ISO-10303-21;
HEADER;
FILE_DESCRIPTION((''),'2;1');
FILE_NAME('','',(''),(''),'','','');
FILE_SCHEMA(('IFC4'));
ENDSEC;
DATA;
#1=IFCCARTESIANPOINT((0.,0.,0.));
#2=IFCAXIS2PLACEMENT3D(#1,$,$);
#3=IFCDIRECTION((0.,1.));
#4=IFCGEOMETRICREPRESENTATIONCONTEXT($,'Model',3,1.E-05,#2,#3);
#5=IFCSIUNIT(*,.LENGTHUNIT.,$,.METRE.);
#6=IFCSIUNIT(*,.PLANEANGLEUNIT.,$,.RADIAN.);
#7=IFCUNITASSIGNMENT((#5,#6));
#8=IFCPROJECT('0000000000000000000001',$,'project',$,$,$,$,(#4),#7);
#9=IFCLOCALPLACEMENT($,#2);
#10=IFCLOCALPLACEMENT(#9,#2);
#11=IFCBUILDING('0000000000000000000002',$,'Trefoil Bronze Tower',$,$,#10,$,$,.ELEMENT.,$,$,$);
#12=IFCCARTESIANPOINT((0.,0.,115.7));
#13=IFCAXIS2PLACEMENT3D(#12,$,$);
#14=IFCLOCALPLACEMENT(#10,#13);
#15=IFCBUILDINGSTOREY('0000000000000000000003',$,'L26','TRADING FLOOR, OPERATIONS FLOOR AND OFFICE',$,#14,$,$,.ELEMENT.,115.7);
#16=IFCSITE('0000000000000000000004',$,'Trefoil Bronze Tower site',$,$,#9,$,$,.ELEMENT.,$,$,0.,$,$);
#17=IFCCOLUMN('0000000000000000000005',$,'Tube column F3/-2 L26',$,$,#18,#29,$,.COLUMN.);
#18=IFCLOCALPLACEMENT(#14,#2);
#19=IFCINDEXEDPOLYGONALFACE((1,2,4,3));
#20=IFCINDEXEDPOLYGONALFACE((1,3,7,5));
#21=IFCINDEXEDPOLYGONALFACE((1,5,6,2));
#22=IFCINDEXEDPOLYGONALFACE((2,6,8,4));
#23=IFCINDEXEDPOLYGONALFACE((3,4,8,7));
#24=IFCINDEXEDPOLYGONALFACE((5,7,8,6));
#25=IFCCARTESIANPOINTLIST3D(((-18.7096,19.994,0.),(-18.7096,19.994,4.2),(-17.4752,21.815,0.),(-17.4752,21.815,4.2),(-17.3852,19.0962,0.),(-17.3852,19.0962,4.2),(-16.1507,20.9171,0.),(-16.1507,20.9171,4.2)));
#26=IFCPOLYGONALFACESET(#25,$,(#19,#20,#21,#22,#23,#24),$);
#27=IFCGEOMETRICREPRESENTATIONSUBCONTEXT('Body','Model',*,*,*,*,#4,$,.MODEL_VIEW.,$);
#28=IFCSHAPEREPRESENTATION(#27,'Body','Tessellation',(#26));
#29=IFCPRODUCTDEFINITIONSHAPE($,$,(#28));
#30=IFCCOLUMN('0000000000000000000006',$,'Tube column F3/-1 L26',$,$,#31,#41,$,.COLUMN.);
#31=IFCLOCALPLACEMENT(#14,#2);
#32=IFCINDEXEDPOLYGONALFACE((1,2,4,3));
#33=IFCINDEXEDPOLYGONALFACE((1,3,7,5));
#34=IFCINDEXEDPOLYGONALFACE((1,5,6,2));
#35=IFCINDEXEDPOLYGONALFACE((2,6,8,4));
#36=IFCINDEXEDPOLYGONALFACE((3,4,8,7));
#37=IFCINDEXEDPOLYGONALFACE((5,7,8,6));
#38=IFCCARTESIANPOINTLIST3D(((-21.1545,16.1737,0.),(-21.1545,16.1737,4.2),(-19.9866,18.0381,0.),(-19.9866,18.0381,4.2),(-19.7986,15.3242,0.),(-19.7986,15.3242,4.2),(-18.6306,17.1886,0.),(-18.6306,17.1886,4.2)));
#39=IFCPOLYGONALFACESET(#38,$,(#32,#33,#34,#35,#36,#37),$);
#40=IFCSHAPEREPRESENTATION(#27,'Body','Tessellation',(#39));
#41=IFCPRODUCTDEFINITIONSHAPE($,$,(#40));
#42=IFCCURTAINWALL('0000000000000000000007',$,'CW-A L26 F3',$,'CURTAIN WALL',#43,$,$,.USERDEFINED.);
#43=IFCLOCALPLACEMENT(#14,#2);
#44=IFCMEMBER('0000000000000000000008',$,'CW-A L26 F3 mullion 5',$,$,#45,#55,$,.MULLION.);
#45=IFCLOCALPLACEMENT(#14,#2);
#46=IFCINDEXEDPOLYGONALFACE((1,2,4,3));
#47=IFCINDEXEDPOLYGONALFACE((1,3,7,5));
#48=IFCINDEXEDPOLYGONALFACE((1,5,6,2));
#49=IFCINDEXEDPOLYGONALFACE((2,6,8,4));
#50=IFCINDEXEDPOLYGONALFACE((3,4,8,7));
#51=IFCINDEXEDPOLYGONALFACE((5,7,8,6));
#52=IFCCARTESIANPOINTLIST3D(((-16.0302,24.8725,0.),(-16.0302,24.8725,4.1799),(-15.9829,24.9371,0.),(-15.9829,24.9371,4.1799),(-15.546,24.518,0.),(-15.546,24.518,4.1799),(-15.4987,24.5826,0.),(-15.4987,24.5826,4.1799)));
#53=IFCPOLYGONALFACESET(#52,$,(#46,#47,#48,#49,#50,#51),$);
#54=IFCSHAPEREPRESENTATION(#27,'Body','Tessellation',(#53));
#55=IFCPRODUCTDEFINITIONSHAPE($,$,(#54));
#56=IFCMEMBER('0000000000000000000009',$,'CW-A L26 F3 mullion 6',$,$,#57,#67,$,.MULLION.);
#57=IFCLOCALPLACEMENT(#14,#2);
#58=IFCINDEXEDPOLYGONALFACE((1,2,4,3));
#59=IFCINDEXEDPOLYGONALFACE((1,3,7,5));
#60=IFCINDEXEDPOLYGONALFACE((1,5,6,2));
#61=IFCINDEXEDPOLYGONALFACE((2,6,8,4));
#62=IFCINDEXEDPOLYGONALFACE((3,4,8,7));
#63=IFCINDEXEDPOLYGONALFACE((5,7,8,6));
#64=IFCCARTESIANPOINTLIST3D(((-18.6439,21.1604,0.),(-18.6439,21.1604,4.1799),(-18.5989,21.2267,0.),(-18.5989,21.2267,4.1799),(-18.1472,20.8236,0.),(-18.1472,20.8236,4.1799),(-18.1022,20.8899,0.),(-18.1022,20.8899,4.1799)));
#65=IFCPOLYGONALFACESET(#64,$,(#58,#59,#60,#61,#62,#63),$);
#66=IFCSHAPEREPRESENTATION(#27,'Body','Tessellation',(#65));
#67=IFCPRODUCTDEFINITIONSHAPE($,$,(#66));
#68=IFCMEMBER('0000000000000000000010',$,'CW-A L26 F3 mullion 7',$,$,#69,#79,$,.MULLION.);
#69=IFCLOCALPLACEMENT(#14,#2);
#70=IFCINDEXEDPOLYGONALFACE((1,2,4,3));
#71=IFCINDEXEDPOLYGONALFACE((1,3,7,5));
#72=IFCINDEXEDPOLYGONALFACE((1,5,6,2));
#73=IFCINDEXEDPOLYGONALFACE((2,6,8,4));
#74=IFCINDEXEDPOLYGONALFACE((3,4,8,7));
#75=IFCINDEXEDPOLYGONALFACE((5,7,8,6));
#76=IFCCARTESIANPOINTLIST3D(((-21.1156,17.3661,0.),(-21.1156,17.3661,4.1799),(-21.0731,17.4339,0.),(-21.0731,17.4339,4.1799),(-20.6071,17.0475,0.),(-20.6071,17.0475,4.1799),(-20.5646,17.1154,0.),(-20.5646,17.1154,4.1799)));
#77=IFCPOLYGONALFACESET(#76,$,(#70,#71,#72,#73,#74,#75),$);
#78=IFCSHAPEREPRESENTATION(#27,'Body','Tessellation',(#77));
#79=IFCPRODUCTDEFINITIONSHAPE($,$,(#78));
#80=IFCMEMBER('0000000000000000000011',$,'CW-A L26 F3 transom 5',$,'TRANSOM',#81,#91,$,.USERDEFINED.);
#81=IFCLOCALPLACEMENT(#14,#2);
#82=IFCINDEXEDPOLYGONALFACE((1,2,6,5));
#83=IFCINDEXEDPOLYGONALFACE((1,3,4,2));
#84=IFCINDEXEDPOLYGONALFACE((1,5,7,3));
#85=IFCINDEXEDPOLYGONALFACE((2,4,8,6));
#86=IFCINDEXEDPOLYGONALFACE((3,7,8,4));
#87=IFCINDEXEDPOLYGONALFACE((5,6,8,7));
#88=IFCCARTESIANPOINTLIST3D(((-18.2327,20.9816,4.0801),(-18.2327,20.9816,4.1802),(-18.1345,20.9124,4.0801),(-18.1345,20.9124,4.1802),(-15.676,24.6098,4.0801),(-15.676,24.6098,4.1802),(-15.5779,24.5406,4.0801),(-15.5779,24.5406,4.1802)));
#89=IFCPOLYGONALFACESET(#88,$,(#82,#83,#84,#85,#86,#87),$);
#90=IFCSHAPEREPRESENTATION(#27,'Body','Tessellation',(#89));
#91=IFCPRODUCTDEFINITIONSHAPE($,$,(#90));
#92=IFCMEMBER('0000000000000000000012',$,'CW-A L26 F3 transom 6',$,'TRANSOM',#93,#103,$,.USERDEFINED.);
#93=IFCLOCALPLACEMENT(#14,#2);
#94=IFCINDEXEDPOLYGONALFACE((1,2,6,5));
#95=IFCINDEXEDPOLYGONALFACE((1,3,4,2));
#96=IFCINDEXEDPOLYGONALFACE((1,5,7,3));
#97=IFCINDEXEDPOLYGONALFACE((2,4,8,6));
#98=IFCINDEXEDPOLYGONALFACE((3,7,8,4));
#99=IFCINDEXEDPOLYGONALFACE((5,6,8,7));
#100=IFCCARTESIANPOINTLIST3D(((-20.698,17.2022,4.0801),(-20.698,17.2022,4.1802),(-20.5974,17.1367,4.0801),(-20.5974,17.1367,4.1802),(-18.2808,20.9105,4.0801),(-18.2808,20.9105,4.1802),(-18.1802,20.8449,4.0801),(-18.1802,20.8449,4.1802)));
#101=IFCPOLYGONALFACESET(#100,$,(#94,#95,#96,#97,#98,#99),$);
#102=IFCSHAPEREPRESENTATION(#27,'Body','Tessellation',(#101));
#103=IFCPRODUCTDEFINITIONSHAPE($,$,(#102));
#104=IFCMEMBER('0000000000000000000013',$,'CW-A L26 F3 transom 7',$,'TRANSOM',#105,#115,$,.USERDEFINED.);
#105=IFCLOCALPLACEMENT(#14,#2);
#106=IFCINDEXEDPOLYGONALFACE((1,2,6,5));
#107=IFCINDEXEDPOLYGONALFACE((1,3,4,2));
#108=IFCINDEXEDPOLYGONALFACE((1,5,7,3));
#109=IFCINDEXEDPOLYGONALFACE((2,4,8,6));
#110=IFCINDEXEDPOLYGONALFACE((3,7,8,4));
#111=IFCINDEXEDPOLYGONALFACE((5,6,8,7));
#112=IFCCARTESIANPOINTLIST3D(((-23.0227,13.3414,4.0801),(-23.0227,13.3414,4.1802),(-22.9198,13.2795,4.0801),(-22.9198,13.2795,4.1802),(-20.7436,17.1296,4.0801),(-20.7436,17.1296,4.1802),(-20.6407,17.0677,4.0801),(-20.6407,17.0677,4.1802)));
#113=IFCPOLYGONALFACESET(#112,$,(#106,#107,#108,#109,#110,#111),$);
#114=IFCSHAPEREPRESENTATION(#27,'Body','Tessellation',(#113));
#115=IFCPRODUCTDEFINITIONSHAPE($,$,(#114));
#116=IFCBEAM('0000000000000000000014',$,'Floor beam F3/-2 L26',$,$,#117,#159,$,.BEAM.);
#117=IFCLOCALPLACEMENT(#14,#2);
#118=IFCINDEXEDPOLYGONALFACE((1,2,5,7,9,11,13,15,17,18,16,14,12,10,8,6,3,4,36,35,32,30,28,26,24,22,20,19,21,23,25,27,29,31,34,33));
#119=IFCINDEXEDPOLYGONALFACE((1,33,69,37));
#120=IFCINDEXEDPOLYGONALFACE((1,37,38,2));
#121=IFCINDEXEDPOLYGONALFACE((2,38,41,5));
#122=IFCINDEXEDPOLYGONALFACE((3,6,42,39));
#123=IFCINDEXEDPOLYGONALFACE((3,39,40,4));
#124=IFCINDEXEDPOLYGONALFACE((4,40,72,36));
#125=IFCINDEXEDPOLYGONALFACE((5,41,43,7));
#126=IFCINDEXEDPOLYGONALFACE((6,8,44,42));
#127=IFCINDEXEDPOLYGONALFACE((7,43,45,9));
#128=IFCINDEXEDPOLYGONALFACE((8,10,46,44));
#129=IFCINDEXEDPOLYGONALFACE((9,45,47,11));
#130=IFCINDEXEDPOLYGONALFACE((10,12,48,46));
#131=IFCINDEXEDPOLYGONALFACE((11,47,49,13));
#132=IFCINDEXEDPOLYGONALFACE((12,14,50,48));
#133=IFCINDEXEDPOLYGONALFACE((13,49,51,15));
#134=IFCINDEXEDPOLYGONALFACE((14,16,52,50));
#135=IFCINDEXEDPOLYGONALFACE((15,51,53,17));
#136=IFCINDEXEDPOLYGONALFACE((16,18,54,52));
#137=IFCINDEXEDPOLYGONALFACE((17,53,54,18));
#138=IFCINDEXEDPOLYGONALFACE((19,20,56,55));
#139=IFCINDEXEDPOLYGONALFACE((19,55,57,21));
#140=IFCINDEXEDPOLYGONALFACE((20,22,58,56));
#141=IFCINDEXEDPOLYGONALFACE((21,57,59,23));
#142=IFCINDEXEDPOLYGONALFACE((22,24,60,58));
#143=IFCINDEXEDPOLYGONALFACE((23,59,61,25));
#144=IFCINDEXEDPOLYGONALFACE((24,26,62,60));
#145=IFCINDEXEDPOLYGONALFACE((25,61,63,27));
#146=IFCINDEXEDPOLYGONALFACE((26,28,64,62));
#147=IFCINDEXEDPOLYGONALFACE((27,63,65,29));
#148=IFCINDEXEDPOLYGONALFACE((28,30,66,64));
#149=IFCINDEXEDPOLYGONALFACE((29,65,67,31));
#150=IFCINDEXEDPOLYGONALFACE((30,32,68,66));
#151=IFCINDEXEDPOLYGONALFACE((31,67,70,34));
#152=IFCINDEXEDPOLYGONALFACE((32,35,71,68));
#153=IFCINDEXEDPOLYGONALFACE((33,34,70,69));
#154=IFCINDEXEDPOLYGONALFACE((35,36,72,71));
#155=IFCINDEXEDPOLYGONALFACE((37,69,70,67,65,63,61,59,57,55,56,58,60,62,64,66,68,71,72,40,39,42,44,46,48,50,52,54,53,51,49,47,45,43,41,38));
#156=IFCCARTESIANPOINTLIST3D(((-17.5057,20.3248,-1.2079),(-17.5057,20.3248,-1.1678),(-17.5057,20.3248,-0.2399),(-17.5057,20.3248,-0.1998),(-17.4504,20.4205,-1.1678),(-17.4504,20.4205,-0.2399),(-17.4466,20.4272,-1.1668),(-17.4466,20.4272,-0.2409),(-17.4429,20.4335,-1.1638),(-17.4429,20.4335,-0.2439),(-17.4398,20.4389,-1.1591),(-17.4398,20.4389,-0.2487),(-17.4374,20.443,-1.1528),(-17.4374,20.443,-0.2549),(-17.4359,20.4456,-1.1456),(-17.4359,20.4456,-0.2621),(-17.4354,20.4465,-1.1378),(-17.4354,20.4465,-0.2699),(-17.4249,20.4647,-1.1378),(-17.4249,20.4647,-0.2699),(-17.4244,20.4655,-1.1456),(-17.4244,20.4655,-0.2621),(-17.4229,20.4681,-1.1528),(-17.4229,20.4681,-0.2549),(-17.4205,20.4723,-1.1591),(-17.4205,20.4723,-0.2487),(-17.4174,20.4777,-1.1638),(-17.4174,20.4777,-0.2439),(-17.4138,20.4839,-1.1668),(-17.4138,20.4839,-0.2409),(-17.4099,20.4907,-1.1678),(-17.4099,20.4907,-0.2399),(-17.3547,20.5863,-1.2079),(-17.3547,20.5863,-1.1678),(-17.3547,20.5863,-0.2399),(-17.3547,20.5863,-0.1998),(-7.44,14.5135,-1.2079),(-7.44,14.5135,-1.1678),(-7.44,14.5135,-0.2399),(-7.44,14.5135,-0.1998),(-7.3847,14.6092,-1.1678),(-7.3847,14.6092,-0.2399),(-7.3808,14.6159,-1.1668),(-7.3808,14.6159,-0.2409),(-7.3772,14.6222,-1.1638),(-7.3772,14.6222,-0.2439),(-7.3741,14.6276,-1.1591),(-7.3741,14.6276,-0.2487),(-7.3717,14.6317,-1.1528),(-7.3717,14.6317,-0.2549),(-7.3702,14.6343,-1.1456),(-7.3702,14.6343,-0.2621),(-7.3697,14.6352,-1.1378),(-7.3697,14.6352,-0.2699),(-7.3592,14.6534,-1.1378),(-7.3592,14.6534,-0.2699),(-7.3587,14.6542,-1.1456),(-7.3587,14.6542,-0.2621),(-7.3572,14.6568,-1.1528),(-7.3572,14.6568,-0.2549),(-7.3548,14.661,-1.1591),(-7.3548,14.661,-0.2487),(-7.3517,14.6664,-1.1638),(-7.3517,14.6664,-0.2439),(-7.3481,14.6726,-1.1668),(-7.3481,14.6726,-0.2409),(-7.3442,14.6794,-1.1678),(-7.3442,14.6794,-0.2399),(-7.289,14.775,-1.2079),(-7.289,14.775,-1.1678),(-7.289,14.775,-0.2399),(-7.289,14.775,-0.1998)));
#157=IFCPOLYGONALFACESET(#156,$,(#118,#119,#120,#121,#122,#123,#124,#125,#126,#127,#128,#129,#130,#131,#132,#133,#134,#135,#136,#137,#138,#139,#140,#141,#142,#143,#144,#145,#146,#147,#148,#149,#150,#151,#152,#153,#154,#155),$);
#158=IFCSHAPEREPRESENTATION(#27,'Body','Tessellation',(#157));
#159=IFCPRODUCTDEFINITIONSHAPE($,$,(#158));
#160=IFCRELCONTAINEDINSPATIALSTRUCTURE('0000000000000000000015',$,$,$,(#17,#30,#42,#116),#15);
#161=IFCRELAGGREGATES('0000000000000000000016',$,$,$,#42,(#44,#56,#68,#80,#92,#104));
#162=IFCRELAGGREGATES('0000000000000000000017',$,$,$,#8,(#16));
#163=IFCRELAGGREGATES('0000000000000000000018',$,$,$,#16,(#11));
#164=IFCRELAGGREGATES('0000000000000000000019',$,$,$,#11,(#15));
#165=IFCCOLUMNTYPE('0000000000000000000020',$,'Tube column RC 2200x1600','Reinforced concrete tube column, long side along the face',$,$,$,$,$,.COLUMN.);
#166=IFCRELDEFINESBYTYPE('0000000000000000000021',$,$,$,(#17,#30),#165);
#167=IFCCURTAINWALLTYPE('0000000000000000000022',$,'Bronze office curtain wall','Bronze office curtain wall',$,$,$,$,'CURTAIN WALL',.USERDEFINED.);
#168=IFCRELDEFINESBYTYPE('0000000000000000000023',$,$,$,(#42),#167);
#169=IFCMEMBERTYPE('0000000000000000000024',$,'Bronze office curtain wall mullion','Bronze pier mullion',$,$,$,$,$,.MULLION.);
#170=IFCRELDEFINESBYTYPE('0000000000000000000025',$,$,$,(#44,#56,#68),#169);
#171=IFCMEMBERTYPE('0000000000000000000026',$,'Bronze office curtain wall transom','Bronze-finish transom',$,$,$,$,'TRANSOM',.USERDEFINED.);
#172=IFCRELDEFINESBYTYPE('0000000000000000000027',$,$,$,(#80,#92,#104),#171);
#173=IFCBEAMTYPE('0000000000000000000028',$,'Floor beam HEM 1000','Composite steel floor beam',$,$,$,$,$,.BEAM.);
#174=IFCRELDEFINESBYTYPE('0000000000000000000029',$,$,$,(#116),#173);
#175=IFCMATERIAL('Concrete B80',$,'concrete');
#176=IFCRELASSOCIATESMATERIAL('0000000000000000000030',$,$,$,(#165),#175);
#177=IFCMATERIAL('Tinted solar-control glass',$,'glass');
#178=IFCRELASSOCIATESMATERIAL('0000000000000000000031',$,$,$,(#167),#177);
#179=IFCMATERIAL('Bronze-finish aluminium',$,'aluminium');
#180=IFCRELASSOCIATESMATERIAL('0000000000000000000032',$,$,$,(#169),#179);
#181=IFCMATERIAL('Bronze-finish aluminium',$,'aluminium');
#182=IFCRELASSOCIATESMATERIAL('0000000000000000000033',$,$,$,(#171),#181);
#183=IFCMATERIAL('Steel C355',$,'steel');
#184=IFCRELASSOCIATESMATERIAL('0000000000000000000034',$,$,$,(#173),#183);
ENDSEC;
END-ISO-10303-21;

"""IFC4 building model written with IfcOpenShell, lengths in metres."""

from ifc_helpers import new_model, si_unit, direction, frame, origin, origin_2d, place, context, subcontext, project, spatial, rectangle, i_section, extrude, material, material_profile, profile_set, type_object, element, aggregate, save


model = new_model("IFC4")

# Units and contexts
model_context = context("Model", 3, precision=1e-05, world=origin(), true_north=direction((0.0, 1.0)))
body_context = subcontext(model_context, "Body", "Model", "MODEL_VIEW")
ifc_project = project(units=[si_unit("LENGTHUNIT", "METRE"), si_unit("PLANEANGLEUNIT", "RADIAN")], contexts=[model_context])

# Site, building, storey
site_placement = place(None, origin())
site = spatial("IfcSite", under=ifc_project, at=site_placement, Name="Trefoil Bronze Tower site", CompositionType="ELEMENT", RefElevation=0.0)
building_placement = place(site_placement, origin())
building = spatial("IfcBuilding", under=site, at=building_placement, Name="Trefoil Bronze Tower", CompositionType="ELEMENT")
storey_placement = place(building_placement, frame((0.0, 0.0, 115.7)))
storey = spatial("IfcBuildingStorey", under=building, at=storey_placement, Name="L26", Description="TRADING FLOOR, OPERATIONS FLOOR AND OFFICE", CompositionType="ELEMENT", Elevation=115.7)

# Columns
ifc_material_1 = material(Name="Concrete B80", Category="concrete")
ifc_material_profile_1 = material_profile(ifc_material_1, rectangle(XDim=2.2, YDim=1.6001, at=origin_2d()), Name="RC 2200x1600")
ifc_profile_set_1 = profile_set([ifc_material_profile_1], Name="Concrete B80")
column_type = type_object("IfcColumnType", Name="Tube column RC 2200x1600", Description="Reinforced concrete tube column, long side along the face", PredefinedType="COLUMN", material=ifc_profile_set_1)
for number, where, z_axis, x_axis, name in (
    (1, (-17.4302, 20.4556, 0.0), (0.0, 0.0, 1.0), (-0.561136, -0.827724, 0.0), "Tube column F3/-2 L26"),
    (2, (-19.8926, 16.6812, 0.0), (0.0, 0.0, 1.0), (-0.530893, -0.847439, 0.0), "Tube column F3/-1 L26"),
):
    element("IfcColumn", number, at=place(storey_placement, frame(where, z_axis=z_axis, x_axis=x_axis)), inside=storey, type_object=column_type, Name=name, PredefinedType="COLUMN", context=body_context, shape_type="SweptSolid", body=[
        extrude(rectangle(XDim=2.2, YDim=1.6001, at=origin_2d()), origin(), (0.0, 0.0, 1.0), 4.2),
    ])

# Curtain wall, members
ifc_material_2 = material(Name="Tinted solar-control glass", Category="glass")
curtain_wall_type = type_object("IfcCurtainWallType", Name="Bronze office curtain wall", Description="Bronze office curtain wall", ElementType="CURTAIN WALL", PredefinedType="USERDEFINED", material=ifc_material_2)
curtain_wall_placement = place(storey_placement, origin())
curtain_wall = element("IfcCurtainWall", 3, at=curtain_wall_placement, inside=storey, type_object=curtain_wall_type, Name="CW-A L26 F3", ObjectType="CURTAIN WALL", PredefinedType="USERDEFINED")
ifc_material_3 = material(Name="Bronze-finish aluminium", Category="aluminium")
ifc_material_profile_2 = material_profile(ifc_material_3, rectangle(XDim=0.6001, YDim=0.0801, at=origin_2d()), Name="CW-A mullion")
ifc_profile_set_2 = profile_set([ifc_material_profile_2], Name="Bronze-finish aluminium")
member_type_1 = type_object("IfcMemberType", Name="Bronze office curtain wall mullion", Description="Bronze pier mullion", PredefinedType="MULLION", material=ifc_profile_set_2)
member_1_placement = place(storey_placement, frame((-15.7644, 24.7275, 0.0), z_axis=(0.0, 0.0, 1.0), x_axis=(0.806875, -0.590723, 0.0)))
member_1 = element("IfcMember", 4, at=member_1_placement, type_object=member_type_1, Name="CW-A L26 F3 mullion 5", PredefinedType="MULLION", context=body_context, shape_type="SweptSolid", body=[
    extrude(rectangle(XDim=0.6001, YDim=0.0801, at=origin_2d()), origin(), (0.0, 0.0, 1.0), 4.1799),
])
member_2_placement = place(storey_placement, frame((-18.373, 21.0251, 0.0), z_axis=(0.0, 0.0, 1.0), x_axis=(0.827724, -0.561136, 0.0)))
member_2 = element("IfcMember", 5, at=member_2_placement, type_object=member_type_1, Name="CW-A L26 F3 mullion 6", PredefinedType="MULLION", context=body_context, shape_type="SweptSolid", body=[
    extrude(rectangle(XDim=0.6001, YDim=0.0801, at=origin_2d()), origin(), (0.0, 0.0, 1.0), 4.1799),
])
member_3_placement = place(storey_placement, frame((-20.8401, 17.2407, 0.0), z_axis=(0.0, 0.0, 1.0), x_axis=(0.847439, -0.530893, 0.0)))
member_3 = element("IfcMember", 6, at=member_3_placement, type_object=member_type_1, Name="CW-A L26 F3 mullion 7", PredefinedType="MULLION", context=body_context, shape_type="SweptSolid", body=[
    extrude(rectangle(XDim=0.6001, YDim=0.0801, at=origin_2d()), origin(), (0.0, 0.0, 1.0), 4.1799),
])
ifc_material_4 = material(Name="Bronze-finish aluminium", Category="aluminium")
ifc_material_profile_3 = material_profile(ifc_material_4, rectangle(XDim=0.1201, YDim=0.1001, at=origin_2d()), Name="CW-A transom")
ifc_profile_set_3 = profile_set([ifc_material_profile_3], Name="Bronze-finish aluminium")
member_type_2 = type_object("IfcMemberType", Name="Bronze office curtain wall transom", Description="Bronze-finish transom", ElementType="TRANSOM", PredefinedType="USERDEFINED", material=ifc_profile_set_3)
member_4_placement = place(storey_placement, frame((-15.627, 24.5752, 4.1301), z_axis=(-0.576018, -0.817437, 0.0), x_axis=(0.817437, -0.576018, 0.0)))
member_4 = element("IfcMember", 7, at=member_4_placement, type_object=member_type_2, Name="CW-A L26 F3 transom 5", ObjectType="TRANSOM", PredefinedType="USERDEFINED", context=body_context, shape_type="SweptSolid", body=[
    extrude(rectangle(XDim=0.1201, YDim=0.1001, at=origin_2d()), origin(), (0.0, 0.0, 1.0), 4.4385),
])
member_5_placement = place(storey_placement, frame((-18.2305, 20.8777, 4.1301), z_axis=(-0.546079, -0.837733, 0.0), x_axis=(0.837733, -0.546079, 0.0)))
member_5 = element("IfcMember", 8, at=member_5_placement, type_object=member_type_2, Name="CW-A L26 F3 transom 6", ObjectType="TRANSOM", PredefinedType="USERDEFINED", context=body_context, shape_type="SweptSolid", body=[
    extrude(rectangle(XDim=0.1201, YDim=0.1001, at=origin_2d()), origin(), (0.0, 0.0, 1.0), 4.4265),
])
member_6_placement = place(storey_placement, frame((-20.6921, 17.0986, 4.1301), z_axis=(-0.515527, -0.856873, 0.0), x_axis=(0.856873, -0.515527, 0.0)))
member_6 = element("IfcMember", 9, at=member_6_placement, type_object=member_type_2, Name="CW-A L26 F3 transom 7", ObjectType="TRANSOM", PredefinedType="USERDEFINED", context=body_context, shape_type="SweptSolid", body=[
    extrude(rectangle(XDim=0.1201, YDim=0.1001, at=origin_2d()), origin(), (0.0, 0.0, 1.0), 4.4209),
])

# Beam
ifc_material_5 = material(Name="Steel C355", Category="steel")
ifc_material_profile_4 = material_profile(ifc_material_5, i_section(OverallWidth=0.302, OverallDepth=1.0081, WebThickness=0.021, FlangeThickness=0.04, FilletRadius=0.03, at=origin_2d()), Name="HEM 1000")
ifc_profile_set_4 = profile_set([ifc_material_profile_4], Name="Steel C355")
beam_type_1 = type_object("IfcBeamType", Name="Floor beam HEM 1000", Description="Composite steel floor beam", PredefinedType="BEAM", material=ifc_profile_set_4)
beam_1_placement = place(storey_placement, frame((-17.4302, 20.4556, -0.7039), z_axis=(0.866031, -0.499991, 0.0), x_axis=(0.499991, 0.866031, 0.0)))
element("IfcBeam", 10, at=beam_1_placement, inside=storey, type_object=beam_type_1, Name="Floor beam F3/-2 L26", PredefinedType="BEAM", context=body_context, shape_type="SweptSolid", body=[
    extrude(i_section(OverallWidth=0.302, OverallDepth=1.0081, WebThickness=0.021, FlangeThickness=0.04, FilletRadius=0.03, at=origin_2d()), origin(), (0.0, 0.0, 1.0), 11.6228),
])

aggregate(curtain_wall, [member_1, member_2, member_3, member_4, member_5, member_6])

save(model, "model.ifc")
